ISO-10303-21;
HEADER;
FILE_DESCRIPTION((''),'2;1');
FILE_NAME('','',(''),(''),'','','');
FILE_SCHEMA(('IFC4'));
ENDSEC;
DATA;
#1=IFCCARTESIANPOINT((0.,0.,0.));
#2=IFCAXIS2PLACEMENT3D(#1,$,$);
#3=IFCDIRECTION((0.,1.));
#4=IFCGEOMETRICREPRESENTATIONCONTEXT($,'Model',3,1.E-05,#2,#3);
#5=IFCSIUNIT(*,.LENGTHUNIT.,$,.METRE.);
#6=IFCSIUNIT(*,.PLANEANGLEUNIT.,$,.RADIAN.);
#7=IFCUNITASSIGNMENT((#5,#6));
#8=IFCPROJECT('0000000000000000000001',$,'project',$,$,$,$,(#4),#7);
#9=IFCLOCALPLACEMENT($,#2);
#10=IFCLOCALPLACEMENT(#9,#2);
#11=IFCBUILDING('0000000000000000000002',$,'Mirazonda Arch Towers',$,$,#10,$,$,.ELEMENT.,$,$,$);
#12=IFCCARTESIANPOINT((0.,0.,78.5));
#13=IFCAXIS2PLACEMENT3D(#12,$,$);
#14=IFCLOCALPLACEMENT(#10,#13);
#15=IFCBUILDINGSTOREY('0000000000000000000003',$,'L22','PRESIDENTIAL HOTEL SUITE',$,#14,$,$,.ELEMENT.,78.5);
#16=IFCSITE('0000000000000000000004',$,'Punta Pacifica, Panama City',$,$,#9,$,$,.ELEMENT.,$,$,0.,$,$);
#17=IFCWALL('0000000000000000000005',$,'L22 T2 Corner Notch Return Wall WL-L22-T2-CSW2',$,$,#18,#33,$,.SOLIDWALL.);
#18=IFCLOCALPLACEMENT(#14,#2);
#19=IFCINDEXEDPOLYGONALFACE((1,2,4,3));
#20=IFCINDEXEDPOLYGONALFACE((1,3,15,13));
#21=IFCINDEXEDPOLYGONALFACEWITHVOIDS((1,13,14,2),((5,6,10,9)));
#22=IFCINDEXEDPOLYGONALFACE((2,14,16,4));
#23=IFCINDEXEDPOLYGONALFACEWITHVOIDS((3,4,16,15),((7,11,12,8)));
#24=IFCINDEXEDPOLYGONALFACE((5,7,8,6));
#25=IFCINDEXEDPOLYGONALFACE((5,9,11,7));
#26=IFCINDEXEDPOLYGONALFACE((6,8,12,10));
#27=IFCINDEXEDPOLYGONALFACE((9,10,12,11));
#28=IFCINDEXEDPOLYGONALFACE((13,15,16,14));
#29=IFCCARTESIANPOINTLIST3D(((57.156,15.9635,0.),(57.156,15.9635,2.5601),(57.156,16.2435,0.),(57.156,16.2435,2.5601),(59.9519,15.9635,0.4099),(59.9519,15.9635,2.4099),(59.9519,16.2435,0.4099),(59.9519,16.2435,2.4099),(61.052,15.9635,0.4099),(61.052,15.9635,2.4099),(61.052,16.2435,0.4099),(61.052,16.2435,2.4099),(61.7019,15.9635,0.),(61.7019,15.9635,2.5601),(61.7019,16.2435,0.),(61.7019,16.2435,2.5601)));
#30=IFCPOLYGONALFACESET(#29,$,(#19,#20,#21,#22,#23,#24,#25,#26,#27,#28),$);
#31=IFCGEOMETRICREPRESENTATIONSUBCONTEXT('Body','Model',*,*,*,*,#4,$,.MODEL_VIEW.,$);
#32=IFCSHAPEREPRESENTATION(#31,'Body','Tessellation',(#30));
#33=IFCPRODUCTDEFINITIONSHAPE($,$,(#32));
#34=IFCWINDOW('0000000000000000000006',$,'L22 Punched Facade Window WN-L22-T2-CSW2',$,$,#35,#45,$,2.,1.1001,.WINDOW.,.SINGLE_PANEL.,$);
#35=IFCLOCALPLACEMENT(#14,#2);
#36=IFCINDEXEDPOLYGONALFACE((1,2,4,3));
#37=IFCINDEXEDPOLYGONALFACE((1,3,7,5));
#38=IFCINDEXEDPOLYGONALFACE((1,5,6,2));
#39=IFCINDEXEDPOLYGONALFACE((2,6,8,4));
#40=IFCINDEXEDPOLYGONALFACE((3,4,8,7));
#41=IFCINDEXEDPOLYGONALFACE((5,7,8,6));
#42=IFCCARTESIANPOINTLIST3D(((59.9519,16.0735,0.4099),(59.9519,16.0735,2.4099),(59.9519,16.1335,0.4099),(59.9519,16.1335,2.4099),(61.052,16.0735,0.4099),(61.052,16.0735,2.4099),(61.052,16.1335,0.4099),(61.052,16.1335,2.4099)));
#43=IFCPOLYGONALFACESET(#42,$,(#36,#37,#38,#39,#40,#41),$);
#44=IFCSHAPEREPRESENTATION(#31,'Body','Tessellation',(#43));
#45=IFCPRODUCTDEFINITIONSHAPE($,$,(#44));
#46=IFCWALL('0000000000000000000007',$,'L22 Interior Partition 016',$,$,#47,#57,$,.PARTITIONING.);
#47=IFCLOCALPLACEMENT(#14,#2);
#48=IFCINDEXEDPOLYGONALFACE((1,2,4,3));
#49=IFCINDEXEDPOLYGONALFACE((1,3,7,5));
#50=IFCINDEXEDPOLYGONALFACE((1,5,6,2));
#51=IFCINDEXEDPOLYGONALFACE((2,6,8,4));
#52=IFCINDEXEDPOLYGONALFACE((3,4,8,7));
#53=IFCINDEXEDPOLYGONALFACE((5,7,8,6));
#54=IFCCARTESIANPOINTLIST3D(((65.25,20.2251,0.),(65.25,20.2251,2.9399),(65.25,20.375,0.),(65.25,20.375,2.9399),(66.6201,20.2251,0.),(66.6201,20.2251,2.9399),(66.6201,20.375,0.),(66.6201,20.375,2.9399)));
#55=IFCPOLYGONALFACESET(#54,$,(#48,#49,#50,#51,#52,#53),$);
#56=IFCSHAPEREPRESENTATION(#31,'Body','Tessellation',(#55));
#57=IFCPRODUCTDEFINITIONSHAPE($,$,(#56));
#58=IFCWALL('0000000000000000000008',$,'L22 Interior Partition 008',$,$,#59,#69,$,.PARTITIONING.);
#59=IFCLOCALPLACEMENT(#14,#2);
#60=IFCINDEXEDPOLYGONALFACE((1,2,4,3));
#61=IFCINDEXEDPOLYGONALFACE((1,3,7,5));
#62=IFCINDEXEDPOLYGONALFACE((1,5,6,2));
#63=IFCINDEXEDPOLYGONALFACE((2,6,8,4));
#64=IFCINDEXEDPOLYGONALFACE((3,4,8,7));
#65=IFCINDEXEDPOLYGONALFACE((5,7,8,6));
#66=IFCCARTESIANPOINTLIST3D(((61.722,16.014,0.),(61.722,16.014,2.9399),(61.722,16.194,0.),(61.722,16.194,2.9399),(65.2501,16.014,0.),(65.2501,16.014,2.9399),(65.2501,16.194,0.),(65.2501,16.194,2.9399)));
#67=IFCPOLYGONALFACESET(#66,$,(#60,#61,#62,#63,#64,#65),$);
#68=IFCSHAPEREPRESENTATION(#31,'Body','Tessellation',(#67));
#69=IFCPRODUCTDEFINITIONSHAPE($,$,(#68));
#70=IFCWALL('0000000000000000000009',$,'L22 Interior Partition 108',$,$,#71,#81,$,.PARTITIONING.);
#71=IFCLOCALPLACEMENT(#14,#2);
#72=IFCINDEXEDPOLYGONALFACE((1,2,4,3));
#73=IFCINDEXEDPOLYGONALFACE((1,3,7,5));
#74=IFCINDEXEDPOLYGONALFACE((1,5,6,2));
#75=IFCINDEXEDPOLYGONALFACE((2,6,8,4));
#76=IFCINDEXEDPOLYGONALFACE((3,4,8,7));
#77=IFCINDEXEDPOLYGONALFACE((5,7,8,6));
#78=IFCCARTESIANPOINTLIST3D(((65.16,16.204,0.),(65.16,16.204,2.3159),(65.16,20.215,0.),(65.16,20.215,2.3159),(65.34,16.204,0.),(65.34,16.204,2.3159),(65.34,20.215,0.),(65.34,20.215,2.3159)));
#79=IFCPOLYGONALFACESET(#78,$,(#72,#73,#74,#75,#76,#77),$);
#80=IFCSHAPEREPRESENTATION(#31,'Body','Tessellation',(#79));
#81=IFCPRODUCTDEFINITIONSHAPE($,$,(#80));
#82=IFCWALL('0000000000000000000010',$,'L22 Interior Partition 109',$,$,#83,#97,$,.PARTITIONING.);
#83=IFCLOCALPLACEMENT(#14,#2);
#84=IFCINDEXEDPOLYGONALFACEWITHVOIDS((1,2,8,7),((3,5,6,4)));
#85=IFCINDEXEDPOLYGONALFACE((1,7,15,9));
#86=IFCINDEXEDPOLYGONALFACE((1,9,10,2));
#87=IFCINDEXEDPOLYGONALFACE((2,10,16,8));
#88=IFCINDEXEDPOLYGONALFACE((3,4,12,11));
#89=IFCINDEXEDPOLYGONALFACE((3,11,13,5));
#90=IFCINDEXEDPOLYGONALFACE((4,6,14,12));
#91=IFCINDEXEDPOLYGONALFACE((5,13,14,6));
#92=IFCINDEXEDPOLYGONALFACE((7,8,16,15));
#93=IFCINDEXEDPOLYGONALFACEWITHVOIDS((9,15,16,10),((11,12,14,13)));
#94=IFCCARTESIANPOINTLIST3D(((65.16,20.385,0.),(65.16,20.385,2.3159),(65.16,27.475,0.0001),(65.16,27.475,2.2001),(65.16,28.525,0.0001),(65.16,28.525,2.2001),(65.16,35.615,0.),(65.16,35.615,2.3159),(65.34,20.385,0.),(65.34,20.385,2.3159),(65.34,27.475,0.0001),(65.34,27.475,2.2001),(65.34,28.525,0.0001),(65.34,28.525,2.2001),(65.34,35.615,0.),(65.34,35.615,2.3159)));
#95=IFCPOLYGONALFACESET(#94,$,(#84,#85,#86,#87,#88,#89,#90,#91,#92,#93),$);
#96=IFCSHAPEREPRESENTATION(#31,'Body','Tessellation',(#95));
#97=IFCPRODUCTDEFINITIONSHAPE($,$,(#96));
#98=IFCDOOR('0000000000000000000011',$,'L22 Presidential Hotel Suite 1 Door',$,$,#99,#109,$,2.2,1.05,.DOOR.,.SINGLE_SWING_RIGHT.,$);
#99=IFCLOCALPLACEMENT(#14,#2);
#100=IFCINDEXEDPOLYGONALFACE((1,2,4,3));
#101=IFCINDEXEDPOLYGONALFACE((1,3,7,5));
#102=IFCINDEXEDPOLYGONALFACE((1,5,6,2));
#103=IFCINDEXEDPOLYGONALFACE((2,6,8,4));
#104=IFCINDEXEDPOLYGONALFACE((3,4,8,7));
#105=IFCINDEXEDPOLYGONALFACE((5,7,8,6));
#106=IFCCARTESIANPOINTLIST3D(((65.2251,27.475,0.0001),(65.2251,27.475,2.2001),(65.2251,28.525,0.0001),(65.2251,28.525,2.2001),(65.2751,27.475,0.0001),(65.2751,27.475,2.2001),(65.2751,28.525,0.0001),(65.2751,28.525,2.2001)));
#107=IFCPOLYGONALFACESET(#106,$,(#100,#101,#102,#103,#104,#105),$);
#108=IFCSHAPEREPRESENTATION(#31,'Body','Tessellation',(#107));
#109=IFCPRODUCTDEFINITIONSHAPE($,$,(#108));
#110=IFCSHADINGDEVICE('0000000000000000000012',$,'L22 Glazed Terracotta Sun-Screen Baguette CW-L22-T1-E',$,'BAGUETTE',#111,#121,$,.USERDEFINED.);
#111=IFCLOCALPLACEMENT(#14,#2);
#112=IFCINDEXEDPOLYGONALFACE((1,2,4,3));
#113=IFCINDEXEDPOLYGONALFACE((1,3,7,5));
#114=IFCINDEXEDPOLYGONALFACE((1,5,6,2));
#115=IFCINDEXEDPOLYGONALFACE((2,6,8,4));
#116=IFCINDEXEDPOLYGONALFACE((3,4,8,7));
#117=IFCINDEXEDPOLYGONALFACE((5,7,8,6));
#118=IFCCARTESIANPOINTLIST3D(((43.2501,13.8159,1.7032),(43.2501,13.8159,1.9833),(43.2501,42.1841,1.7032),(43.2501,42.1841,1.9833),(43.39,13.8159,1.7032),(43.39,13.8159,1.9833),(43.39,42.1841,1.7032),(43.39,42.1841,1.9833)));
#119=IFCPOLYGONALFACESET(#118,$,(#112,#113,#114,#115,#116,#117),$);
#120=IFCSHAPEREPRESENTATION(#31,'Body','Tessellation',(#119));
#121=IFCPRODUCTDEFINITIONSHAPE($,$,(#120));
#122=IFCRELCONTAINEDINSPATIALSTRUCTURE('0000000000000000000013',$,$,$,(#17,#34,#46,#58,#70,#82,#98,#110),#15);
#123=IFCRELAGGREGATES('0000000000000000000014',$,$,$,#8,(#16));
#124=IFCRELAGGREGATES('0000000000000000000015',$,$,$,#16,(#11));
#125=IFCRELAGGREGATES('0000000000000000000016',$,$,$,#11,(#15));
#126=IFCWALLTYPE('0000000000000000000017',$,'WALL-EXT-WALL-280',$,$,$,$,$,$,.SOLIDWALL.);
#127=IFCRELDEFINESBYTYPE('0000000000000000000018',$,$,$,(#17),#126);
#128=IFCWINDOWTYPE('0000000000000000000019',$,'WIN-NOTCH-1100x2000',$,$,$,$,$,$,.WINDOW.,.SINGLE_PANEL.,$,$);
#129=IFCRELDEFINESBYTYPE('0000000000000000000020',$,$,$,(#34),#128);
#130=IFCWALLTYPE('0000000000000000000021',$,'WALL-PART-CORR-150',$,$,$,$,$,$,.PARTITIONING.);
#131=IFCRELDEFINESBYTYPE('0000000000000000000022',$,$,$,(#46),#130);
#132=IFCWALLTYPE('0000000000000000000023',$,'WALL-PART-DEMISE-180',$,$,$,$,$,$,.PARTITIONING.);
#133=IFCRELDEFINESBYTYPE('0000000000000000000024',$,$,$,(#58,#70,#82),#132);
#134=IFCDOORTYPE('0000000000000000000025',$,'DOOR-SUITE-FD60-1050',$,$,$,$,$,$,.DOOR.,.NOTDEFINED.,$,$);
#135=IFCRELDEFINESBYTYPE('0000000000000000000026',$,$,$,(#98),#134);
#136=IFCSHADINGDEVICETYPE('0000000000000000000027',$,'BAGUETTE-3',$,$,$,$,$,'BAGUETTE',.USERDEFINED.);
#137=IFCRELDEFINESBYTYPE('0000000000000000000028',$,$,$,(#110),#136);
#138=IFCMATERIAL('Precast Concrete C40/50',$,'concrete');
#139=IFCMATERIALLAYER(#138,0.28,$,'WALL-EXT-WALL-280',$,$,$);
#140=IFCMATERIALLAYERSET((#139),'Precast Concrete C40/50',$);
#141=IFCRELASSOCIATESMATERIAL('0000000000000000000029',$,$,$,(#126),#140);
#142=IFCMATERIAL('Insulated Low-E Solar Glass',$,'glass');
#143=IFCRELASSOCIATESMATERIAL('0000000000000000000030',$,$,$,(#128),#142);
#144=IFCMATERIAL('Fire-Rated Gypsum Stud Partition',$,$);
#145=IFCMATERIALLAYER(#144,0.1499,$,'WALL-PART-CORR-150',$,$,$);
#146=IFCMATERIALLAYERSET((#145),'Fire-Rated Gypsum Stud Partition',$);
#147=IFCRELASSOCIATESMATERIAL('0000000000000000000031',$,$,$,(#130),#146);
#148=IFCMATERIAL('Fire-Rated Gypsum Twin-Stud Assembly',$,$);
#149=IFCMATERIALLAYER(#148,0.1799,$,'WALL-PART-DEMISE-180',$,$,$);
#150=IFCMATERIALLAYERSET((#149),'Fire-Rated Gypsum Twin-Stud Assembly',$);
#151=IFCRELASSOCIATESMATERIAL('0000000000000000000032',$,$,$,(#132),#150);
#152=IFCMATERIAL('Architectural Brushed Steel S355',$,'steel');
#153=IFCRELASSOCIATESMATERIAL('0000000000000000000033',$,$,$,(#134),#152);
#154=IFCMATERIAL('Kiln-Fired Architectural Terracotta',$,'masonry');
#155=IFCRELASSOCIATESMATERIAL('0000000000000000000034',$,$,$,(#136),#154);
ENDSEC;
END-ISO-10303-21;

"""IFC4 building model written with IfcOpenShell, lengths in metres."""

from ifc_helpers import new_model, si_unit, direction, frame, frame_2d, origin, origin_2d, place, context, subcontext, project, spatial, rectangle, extrude, material, layer, layer_set, material_profile, profile_set, type_object, element, fill, save


model = new_model("IFC4")

# Units and contexts
model_context = context("Model", 3, precision=1e-05, world=origin(), true_north=direction((0.0, 1.0)))
body_context = subcontext(model_context, "Body", "Model", "MODEL_VIEW")
ifc_project = project(units=[si_unit("LENGTHUNIT", "METRE"), si_unit("PLANEANGLEUNIT", "RADIAN")], contexts=[model_context])

# Site, building, storey
site_placement = place(None, origin())
site = spatial("IfcSite", under=ifc_project, at=site_placement, Name="Punta Pacifica, Panama City", CompositionType="ELEMENT", RefElevation=0.0)
building_placement = place(site_placement, origin())
building = spatial("IfcBuilding", under=site, at=building_placement, Name="Mirazonda Arch Towers", CompositionType="ELEMENT")
storey_placement = place(building_placement, frame((0.0, 0.0, 78.5)))
storey = spatial("IfcBuildingStorey", under=building, at=storey_placement, Name="L22", Description="PRESIDENTIAL HOTEL SUITE", CompositionType="ELEMENT", Elevation=78.5)

# Shared definitions
ifc_material_1 = material(Name="Insulated Low-E Solar Glass", Category="glass")

# Wall, opening, window
ifc_material_2 = material(Name="Precast Concrete C40/50", Category="concrete")
ifc_layer_1 = layer(ifc_material_2, 0.28, Name="WALL-EXT-WALL-280")
ifc_layer_set_1 = layer_set([ifc_layer_1], Name="Precast Concrete C40/50")
wall_type_1 = type_object("IfcWallType", Name="WALL-EXT-WALL-280", PredefinedType="SOLIDWALL", material=ifc_layer_set_1)
wall_1_placement = place(storey_placement, frame((57.156, 16.1035, 0.0), z_axis=(0.0, 0.0, 1.0), x_axis=(1.0, 0.0, 0.0)))
wall_1 = element("IfcWall", 1, at=wall_1_placement, inside=storey, type_object=wall_type_1, Name="L22 T2 Corner Notch Return Wall WL-L22-T2-CSW2", PredefinedType="SOLIDWALL", context=body_context, shape_type="SweptSolid", body=[
    extrude(rectangle(XDim=4.5459, YDim=0.28, at=frame_2d((2.2729, 0.0))), origin(), (0.0, 0.0, 1.0), 2.5601),
])
opening_1_placement = place(wall_1_placement, frame((2.7959, 0.0, 0.4099)))
opening_1 = element("IfcOpeningElement", 2, at=opening_1_placement, cuts=wall_1, PredefinedType="OPENING", context=body_context, shape_type="SweptSolid", body=[
    extrude(rectangle(XDim=1.1001, YDim=2.0, at=frame_2d((0.55, 1.0))), frame((0.0, 0.1499, 0.0), z_axis=(0.0, -1.0, 0.0), x_axis=(1.0, 0.0, 0.0)), (0.0, 0.0, 1.0), 0.3),
])
window_type_1 = type_object("IfcWindowType", Name="WIN-NOTCH-1100x2000", PartitioningType="SINGLE_PANEL", PredefinedType="WINDOW", material=ifc_material_1)
window_1_placement = place(opening_1_placement, origin())
window_1 = element("IfcWindow", 3, at=window_1_placement, inside=storey, type_object=window_type_1, Name="L22 Punched Facade Window WN-L22-T2-CSW2", OverallHeight=2.0, OverallWidth=1.1001, PartitioningType="SINGLE_PANEL", PredefinedType="WINDOW", context=body_context, shape_type="SweptSolid", body=[
    extrude(rectangle(XDim=1.1001, YDim=2.0, at=frame_2d((0.55, 1.0))), frame((0.0, 0.03, 0.0), z_axis=(0.0, -1.0, 0.0), x_axis=(1.0, 0.0, 0.0)), (0.0, 0.0, 1.0), 0.0601),
])
fill(opening_1, window_1)

# Walls
ifc_material_3 = material(Name="Fire-Rated Gypsum Stud Partition")
ifc_layer_2 = layer(ifc_material_3, 0.1499, Name="WALL-PART-CORR-150")
ifc_layer_set_2 = layer_set([ifc_layer_2], Name="Fire-Rated Gypsum Stud Partition")
wall_type_2 = type_object("IfcWallType", Name="WALL-PART-CORR-150", PredefinedType="PARTITIONING", material=ifc_layer_set_2)
wall_2_placement = place(storey_placement, frame((65.25, 20.3, 0.0), z_axis=(0.0, 0.0, 1.0), x_axis=(1.0, 0.0, 0.0)))
element("IfcWall", 4, at=wall_2_placement, inside=storey, type_object=wall_type_2, Name="L22 Interior Partition 016", PredefinedType="PARTITIONING", context=body_context, shape_type="SweptSolid", body=[
    extrude(rectangle(XDim=1.3701, YDim=0.1499, at=frame_2d((0.6851, 0.0))), origin(), (0.0, 0.0, 1.0), 2.9399),
])
ifc_material_4 = material(Name="Fire-Rated Gypsum Twin-Stud Assembly")
ifc_layer_3 = layer(ifc_material_4, 0.1799, Name="WALL-PART-DEMISE-180")
ifc_layer_set_3 = layer_set([ifc_layer_3], Name="Fire-Rated Gypsum Twin-Stud Assembly")
wall_type_3 = type_object("IfcWallType", Name="WALL-PART-DEMISE-180", PredefinedType="PARTITIONING", material=ifc_layer_set_3)
wall_3_placement = place(storey_placement, frame((61.7219, 16.104, 0.0), z_axis=(0.0, 0.0, 1.0), x_axis=(1.0, 0.0, 0.0)))
element("IfcWall", 5, at=wall_3_placement, inside=storey, type_object=wall_type_3, Name="L22 Interior Partition 008", PredefinedType="PARTITIONING", context=body_context, shape_type="SweptSolid", body=[
    extrude(rectangle(XDim=3.5281, YDim=0.1799, at=frame_2d((1.7642, 0.0))), origin(), (0.0, 0.0, 1.0), 2.9399),
])
wall_4_placement = place(storey_placement, frame((65.25, 16.2041, 0.0), z_axis=(0.0, 0.0, 1.0), x_axis=(0.0, 1.0, 0.0)))
element("IfcWall", 6, at=wall_4_placement, inside=storey, type_object=wall_type_3, Name="L22 Interior Partition 108", PredefinedType="PARTITIONING", context=body_context, shape_type="SweptSolid", body=[
    extrude(rectangle(XDim=4.011, YDim=0.1799, at=frame_2d((2.0054, 0.0))), origin(), (0.0, 0.0, 1.0), 2.3159),
])

# Wall, opening, door
wall_5_placement = place(storey_placement, frame((65.25, 20.385, 0.0), z_axis=(0.0, 0.0, 1.0), x_axis=(0.0, 1.0, 0.0)))
wall_5 = element("IfcWall", 7, at=wall_5_placement, inside=storey, type_object=wall_type_3, Name="L22 Interior Partition 109", PredefinedType="PARTITIONING", context=body_context, shape_type="SweptSolid", body=[
    extrude(rectangle(XDim=15.23, YDim=0.1799, at=frame_2d((7.615, 0.0))), origin(), (0.0, 0.0, 1.0), 2.3159),
])
opening_2_placement = place(wall_5_placement, frame((7.0901, 0.0, 0.0)))
opening_2 = element("IfcOpeningElement", 8, at=opening_2_placement, cuts=wall_5, PredefinedType="OPENING", context=body_context, shape_type="SweptSolid", body=[
    extrude(rectangle(XDim=1.05, YDim=2.2, at=frame_2d((0.5249, 1.1001))), frame((0.0, 0.0999, 0.0), z_axis=(0.0, -1.0, 0.0), x_axis=(1.0, 0.0, 0.0)), (0.0, 0.0, 1.0), 0.2),
])
ifc_material_5 = material(Name="Architectural Brushed Steel S355", Category="steel")
door_type = type_object("IfcDoorType", Name="DOOR-SUITE-FD60-1050", OperationType="NOTDEFINED", PredefinedType="DOOR", material=ifc_material_5)
door_placement = place(opening_2_placement, origin())
door = element("IfcDoor", 9, at=door_placement, inside=storey, type_object=door_type, Name="L22 Presidential Hotel Suite 1 Door", OperationType="SINGLE_SWING_RIGHT", OverallHeight=2.2, OverallWidth=1.05, PredefinedType="DOOR", context=body_context, shape_type="SweptSolid", body=[
    extrude(rectangle(XDim=1.05, YDim=2.2, at=frame_2d((0.5249, 1.1001))), frame((0.0, 0.0249, 0.0), z_axis=(0.0, -1.0, 0.0), x_axis=(1.0, 0.0, 0.0)), (0.0, 0.0, 1.0), 0.05),
])
fill(opening_2, door)

# Shading device
ifc_material_6 = material(Name="Kiln-Fired Architectural Terracotta", Category="masonry")
ifc_material_profile_1 = material_profile(ifc_material_6, rectangle(XDim=0.1399, YDim=0.28, at=origin_2d()), Name="TERRA-BAG-140x280")
ifc_profile_set_1 = profile_set([ifc_material_profile_1], Name="Kiln-Fired Architectural Terracotta")
shading_device_type = type_object("IfcShadingDeviceType", Name="BAGUETTE-3", ElementType="BAGUETTE", PredefinedType="USERDEFINED", material=ifc_profile_set_1)
shading_device_placement = place(storey_placement, frame((43.3201, 13.8159, 1.8433), z_axis=(0.0, 1.0, 0.0), x_axis=(-1.0, 0.0, 0.0)))
element("IfcShadingDevice", 10, at=shading_device_placement, inside=storey, type_object=shading_device_type, Name="L22 Glazed Terracotta Sun-Screen Baguette CW-L22-T1-E", ObjectType="BAGUETTE", PredefinedType="USERDEFINED", context=body_context, shape_type="SweptSolid", body=[
    extrude(rectangle(XDim=0.1399, YDim=0.28, at=origin_2d()), origin(), (0.0, 0.0, 1.0), 28.3682),
])

save(model, "model.ifc")
